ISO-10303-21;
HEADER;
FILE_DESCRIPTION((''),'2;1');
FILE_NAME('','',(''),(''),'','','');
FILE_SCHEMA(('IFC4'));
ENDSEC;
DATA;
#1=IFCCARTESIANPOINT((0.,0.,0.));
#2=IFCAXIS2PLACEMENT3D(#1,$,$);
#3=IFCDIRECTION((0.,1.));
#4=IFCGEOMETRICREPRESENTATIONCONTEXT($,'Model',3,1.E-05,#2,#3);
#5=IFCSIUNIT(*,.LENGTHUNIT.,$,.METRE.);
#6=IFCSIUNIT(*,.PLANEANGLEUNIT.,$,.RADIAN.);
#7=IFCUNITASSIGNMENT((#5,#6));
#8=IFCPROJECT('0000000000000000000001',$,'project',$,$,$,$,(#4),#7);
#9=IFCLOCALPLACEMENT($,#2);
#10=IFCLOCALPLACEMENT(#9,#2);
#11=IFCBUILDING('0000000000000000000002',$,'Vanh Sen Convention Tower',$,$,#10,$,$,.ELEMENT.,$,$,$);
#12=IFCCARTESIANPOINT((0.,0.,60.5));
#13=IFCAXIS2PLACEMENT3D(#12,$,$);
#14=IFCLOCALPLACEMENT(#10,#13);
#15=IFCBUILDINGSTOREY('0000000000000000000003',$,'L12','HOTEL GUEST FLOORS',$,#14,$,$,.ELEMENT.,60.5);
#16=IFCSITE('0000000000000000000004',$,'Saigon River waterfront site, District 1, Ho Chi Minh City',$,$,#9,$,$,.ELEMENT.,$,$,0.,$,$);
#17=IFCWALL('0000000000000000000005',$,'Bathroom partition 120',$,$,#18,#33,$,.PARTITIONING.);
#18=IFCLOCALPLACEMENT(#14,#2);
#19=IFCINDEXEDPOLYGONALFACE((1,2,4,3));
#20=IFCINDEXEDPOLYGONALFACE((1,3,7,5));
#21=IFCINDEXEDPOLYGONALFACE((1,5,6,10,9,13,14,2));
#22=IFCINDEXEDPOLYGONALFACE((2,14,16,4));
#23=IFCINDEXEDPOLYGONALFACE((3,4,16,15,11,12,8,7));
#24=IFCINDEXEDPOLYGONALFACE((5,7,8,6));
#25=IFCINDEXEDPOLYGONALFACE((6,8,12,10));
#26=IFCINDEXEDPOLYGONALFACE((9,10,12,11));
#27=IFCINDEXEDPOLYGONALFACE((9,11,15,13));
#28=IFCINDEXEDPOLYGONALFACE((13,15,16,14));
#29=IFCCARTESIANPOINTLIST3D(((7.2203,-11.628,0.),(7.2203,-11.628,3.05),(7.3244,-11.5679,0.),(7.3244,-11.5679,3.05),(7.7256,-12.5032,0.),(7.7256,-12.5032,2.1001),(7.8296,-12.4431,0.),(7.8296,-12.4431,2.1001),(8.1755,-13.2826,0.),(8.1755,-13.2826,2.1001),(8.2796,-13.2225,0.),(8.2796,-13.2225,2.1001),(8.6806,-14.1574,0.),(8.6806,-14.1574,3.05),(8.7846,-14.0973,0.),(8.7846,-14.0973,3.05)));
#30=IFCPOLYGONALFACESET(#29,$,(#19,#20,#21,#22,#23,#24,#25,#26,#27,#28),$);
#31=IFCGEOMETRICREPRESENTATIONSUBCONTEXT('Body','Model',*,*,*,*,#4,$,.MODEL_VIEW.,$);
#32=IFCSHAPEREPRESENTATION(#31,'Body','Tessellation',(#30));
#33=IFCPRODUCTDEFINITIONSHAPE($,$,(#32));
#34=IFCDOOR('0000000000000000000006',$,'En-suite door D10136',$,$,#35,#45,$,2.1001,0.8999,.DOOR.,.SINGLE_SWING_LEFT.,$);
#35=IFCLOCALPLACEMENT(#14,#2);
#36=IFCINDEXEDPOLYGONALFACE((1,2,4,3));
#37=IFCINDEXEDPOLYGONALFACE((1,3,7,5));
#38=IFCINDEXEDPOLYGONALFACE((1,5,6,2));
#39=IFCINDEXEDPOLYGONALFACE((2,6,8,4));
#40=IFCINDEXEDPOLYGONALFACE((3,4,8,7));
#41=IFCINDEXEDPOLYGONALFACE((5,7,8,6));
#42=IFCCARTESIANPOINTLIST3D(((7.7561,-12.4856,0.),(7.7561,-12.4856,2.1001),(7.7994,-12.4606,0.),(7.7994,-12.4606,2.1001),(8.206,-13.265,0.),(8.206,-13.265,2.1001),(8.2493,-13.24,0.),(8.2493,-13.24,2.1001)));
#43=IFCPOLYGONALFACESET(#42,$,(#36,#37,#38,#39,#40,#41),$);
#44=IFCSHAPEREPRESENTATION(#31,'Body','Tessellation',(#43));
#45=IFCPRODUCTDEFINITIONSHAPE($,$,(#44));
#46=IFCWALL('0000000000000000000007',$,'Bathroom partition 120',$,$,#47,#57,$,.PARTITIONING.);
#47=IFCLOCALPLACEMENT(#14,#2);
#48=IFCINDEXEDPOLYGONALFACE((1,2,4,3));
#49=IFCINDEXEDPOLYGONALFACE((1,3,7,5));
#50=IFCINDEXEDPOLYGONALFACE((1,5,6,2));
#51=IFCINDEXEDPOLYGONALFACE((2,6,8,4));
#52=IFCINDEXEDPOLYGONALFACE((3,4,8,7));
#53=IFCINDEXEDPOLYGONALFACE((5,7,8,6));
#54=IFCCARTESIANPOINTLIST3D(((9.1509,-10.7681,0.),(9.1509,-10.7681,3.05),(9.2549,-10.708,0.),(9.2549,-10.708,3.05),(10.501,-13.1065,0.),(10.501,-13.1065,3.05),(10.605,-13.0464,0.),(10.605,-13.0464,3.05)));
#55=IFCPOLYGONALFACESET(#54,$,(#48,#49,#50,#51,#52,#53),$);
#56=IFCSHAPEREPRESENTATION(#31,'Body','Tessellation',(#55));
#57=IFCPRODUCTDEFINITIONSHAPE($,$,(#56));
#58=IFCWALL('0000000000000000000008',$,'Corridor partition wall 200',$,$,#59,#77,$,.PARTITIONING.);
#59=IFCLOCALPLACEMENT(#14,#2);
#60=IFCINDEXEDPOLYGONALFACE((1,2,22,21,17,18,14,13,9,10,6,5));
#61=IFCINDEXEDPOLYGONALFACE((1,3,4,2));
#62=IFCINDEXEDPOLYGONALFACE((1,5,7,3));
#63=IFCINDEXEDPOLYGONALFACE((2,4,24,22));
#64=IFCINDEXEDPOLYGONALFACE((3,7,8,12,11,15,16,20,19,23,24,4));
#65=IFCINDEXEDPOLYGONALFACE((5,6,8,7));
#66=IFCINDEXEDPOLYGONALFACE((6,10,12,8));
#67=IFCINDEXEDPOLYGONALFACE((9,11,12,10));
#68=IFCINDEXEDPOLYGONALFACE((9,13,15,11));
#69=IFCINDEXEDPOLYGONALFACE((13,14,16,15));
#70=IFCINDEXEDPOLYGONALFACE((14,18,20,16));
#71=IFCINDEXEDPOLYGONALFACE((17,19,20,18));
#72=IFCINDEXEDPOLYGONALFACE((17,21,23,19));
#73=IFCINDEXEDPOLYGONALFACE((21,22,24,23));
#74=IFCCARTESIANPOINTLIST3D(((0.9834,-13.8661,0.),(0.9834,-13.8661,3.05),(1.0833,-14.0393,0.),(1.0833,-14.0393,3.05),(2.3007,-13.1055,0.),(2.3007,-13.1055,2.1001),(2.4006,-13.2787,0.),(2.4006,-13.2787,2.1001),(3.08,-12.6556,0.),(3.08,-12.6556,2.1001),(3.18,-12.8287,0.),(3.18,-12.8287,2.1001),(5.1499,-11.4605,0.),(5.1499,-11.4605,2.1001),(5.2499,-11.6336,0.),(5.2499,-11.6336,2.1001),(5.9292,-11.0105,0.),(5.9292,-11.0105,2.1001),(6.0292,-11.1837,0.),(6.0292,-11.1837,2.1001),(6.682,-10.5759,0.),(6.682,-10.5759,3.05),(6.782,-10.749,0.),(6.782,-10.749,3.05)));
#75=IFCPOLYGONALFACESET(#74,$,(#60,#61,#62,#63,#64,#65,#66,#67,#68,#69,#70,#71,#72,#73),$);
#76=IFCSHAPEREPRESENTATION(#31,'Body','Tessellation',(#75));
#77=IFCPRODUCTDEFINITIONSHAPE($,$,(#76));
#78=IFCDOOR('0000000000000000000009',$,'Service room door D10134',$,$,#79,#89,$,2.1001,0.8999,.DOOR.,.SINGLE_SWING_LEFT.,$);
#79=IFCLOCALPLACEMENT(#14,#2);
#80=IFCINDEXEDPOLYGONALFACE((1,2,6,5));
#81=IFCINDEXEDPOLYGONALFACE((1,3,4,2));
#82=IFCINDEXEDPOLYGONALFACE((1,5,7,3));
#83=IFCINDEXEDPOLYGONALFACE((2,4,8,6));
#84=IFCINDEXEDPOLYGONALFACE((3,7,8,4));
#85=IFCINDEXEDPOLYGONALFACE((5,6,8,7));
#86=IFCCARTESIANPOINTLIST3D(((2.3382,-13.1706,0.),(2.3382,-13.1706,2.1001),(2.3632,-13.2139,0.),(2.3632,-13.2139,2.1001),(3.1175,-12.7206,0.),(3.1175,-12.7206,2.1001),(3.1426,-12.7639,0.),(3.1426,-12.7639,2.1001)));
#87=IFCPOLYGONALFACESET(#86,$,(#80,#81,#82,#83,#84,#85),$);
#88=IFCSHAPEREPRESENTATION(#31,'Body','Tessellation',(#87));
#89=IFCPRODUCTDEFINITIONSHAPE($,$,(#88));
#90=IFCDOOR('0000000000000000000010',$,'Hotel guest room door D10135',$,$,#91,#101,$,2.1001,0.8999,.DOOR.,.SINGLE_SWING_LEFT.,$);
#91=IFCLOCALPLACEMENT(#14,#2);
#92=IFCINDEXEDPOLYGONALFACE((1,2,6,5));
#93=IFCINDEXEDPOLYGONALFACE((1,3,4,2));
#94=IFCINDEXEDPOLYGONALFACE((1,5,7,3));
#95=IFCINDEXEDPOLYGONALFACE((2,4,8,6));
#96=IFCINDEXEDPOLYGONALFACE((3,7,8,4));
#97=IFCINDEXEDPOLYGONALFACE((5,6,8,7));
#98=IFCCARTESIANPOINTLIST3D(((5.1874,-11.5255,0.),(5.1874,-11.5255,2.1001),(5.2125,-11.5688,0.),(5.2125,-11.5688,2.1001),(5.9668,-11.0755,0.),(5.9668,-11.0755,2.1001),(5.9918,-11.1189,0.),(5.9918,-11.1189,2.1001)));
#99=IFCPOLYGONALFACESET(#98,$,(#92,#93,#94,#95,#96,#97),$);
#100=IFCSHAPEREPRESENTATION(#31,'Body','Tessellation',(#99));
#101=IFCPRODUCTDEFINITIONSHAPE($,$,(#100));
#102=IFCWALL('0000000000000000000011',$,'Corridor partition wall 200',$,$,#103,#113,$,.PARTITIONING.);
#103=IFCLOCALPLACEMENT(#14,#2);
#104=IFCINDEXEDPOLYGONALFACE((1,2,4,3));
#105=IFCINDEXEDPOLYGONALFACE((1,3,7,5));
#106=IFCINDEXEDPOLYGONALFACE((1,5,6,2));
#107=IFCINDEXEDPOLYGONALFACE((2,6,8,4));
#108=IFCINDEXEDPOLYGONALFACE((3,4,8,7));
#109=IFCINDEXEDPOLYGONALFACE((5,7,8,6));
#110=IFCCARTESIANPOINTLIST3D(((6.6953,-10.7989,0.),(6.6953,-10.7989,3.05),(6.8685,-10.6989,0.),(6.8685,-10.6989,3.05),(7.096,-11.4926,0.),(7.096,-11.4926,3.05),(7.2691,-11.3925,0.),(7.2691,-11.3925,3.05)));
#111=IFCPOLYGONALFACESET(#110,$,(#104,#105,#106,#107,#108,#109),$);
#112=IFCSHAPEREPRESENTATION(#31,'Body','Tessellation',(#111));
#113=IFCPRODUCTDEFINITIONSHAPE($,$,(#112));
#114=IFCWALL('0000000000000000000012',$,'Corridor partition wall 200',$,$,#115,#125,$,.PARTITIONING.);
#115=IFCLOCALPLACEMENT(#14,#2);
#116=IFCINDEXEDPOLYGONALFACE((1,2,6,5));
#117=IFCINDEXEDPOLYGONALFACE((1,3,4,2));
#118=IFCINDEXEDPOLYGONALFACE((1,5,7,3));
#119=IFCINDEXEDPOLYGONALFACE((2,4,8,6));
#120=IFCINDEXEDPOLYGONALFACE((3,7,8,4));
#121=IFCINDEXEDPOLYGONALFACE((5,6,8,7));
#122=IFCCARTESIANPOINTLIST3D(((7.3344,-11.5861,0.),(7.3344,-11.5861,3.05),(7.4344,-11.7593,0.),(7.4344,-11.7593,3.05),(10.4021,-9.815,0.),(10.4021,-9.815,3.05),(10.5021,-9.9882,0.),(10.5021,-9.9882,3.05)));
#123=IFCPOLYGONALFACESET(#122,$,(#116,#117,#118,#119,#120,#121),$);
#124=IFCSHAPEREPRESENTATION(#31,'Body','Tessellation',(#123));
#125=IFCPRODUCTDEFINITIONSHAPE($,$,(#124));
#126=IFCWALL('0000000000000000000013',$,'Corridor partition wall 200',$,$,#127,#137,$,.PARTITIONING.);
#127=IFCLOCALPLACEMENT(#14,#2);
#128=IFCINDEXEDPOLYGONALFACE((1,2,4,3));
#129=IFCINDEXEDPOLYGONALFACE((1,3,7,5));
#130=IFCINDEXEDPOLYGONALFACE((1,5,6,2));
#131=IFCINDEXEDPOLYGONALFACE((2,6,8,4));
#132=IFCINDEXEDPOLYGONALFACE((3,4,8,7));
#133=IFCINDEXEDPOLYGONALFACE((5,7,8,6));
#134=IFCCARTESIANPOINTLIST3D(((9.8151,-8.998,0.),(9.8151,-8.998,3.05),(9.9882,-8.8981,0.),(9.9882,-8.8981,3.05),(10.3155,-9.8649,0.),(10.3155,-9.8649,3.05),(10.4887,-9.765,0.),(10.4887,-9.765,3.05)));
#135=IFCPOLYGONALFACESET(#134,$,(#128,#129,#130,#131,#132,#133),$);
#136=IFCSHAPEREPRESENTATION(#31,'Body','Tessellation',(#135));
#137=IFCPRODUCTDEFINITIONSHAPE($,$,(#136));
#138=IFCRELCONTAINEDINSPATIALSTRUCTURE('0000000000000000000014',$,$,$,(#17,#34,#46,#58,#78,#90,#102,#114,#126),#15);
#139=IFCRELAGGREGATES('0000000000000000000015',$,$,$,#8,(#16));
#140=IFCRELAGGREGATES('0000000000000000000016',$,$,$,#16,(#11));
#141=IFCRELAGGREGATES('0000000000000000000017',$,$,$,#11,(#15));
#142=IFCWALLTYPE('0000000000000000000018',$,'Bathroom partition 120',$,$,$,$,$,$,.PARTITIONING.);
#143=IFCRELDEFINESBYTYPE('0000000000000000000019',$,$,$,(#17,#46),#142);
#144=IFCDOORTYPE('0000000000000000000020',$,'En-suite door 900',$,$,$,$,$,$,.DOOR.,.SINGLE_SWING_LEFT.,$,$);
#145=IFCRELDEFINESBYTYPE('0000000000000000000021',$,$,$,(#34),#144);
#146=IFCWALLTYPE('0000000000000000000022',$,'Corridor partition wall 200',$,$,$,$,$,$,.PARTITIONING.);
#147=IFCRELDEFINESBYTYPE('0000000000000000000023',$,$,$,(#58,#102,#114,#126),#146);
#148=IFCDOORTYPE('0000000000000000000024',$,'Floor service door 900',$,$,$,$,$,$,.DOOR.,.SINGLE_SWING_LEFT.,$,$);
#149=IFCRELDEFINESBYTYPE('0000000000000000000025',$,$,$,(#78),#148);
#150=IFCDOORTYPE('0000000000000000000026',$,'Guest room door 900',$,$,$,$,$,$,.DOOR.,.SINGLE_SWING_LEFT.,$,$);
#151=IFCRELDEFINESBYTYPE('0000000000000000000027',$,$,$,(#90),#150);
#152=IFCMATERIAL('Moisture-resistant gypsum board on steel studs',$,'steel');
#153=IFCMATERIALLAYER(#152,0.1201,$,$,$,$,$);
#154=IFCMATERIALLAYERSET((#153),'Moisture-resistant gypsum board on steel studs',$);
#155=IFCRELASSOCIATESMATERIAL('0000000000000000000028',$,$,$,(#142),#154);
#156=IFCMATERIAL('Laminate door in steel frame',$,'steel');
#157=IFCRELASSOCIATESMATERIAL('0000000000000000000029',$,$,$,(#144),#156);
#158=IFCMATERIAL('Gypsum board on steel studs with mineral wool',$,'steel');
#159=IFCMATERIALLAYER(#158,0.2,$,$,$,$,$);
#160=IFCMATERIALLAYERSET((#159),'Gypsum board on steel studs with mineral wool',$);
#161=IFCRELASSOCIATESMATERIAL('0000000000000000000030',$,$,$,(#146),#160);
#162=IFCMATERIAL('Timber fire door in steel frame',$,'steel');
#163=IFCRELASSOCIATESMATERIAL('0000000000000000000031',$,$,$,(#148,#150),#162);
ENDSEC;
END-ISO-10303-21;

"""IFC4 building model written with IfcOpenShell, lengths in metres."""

from ifc_helpers import new_model, si_unit, direction, frame, frame_2d, origin, place, context, subcontext, project, spatial, rectangle, extrude, material, layer, layer_set, type_object, element, fill, save


model = new_model("IFC4")

# Units and contexts
model_context = context("Model", 3, precision=1e-05, world=origin(), true_north=direction((0.0, 1.0)))
body_context = subcontext(model_context, "Body", "Model", "MODEL_VIEW")
ifc_project = project(units=[si_unit("LENGTHUNIT", "METRE"), si_unit("PLANEANGLEUNIT", "RADIAN")], contexts=[model_context])

# Site, building, storey
site_placement = place(None, origin())
site = spatial("IfcSite", under=ifc_project, at=site_placement, Name="Saigon River waterfront site, District 1, Ho Chi Minh City", CompositionType="ELEMENT", RefElevation=0.0)
building_placement = place(site_placement, origin())
building = spatial("IfcBuilding", under=site, at=building_placement, Name="Vanh Sen Convention Tower", CompositionType="ELEMENT")
storey_placement = place(building_placement, frame((0.0, 0.0, 60.5)))
storey = spatial("IfcBuildingStorey", under=building, at=storey_placement, Name="L12", Description="HOTEL GUEST FLOORS", CompositionType="ELEMENT", Elevation=60.5)

# Wall, opening, door
ifc_material_1 = material(Name="Moisture-resistant gypsum board on steel studs", Category="steel")
ifc_layer_1 = layer(ifc_material_1, 0.1201)
ifc_layer_set_1 = layer_set([ifc_layer_1], Name="Moisture-resistant gypsum board on steel studs")
wall_type_1 = type_object("IfcWallType", Name="Bathroom partition 120", PredefinedType="PARTITIONING", material=ifc_layer_set_1)
wall_1_placement = place(storey_placement, frame((8.7327, -14.1274, 0.0), z_axis=(0.0, 0.0, 1.0), x_axis=(-0.499978, 0.866038, 0.0)))
wall_1 = element("IfcWall", 1, at=wall_1_placement, inside=storey, type_object=wall_type_1, Name="Bathroom partition 120", PredefinedType="PARTITIONING", context=body_context, shape_type="SweptSolid", body=[
    extrude(rectangle(XDim=2.9207, YDim=0.1201, at=frame_2d((1.4604, 0.0))), origin(), (0.0, 0.0, 1.0), 3.05),
])
opening_1_placement = place(wall_1_placement, frame((1.0103, 0.0, 0.0)))
opening_1 = element("IfcOpeningElement", 2, at=opening_1_placement, cuts=wall_1, PredefinedType="OPENING", context=body_context, shape_type="SweptSolid", body=[
    extrude(rectangle(XDim=0.8999, YDim=2.1001, at=frame_2d((0.45, 1.05))), frame((0.0, 0.0701, 0.0), z_axis=(0.0, -1.0, 0.0), x_axis=(1.0, 0.0, 0.0)), (0.0, 0.0, 1.0), 0.1401),
])
ifc_material_2 = material(Name="Laminate door in steel frame", Category="steel")
door_type_1 = type_object("IfcDoorType", Name="En-suite door 900", OperationType="SINGLE_SWING_LEFT", PredefinedType="DOOR", material=ifc_material_2)
door_1_placement = place(opening_1_placement, origin())
door_1 = element("IfcDoor", 3, at=door_1_placement, inside=storey, type_object=door_type_1, Name="En-suite door D10136", OperationType="SINGLE_SWING_LEFT", OverallHeight=2.1001, OverallWidth=0.8999, PredefinedType="DOOR", context=body_context, shape_type="SweptSolid", body=[
    extrude(rectangle(XDim=0.8999, YDim=2.1001, at=frame_2d((0.45, 1.05))), frame((0.0, 0.0249, 0.0), z_axis=(0.0, -1.0, 0.0), x_axis=(1.0, 0.0, 0.0)), (0.0, 0.0, 1.0), 0.05),
])
fill(opening_1, door_1)

# Wall
wall_2_placement = place(storey_placement, frame((9.2029, -10.738, 0.0), z_axis=(0.0, 0.0, 1.0), x_axis=(0.500009, -0.86602, 0.0)))
element("IfcWall", 4, at=wall_2_placement, inside=storey, type_object=wall_type_1, Name="Bathroom partition 120", PredefinedType="PARTITIONING", context=body_context, shape_type="SweptSolid", body=[
    extrude(rectangle(XDim=2.7002, YDim=0.1201, at=frame_2d((1.3501, 0.0))), origin(), (0.0, 0.0, 1.0), 3.05),
])

# Wall, openings, doors
ifc_material_3 = material(Name="Gypsum board on steel studs with mineral wool", Category="steel")
ifc_layer_2 = layer(ifc_material_3, 0.2)
ifc_layer_set_2 = layer_set([ifc_layer_2], Name="Gypsum board on steel studs with mineral wool")
wall_type_2 = type_object("IfcWallType", Name="Corridor partition wall 200", PredefinedType="PARTITIONING", material=ifc_layer_set_2)
wall_3_placement = place(storey_placement, frame((1.0334, -13.9526, 0.0), z_axis=(0.0, 0.0, 1.0), x_axis=(0.866018, 0.500014, 0.0)))
wall_3 = element("IfcWall", 5, at=wall_3_placement, inside=storey, type_object=wall_type_2, Name="Corridor partition wall 200", PredefinedType="PARTITIONING", context=body_context, shape_type="SweptSolid", body=[
    extrude(rectangle(XDim=6.5803, YDim=0.2, at=frame_2d((3.29, 0.0))), origin(), (0.0, 0.0, 1.0), 3.05),
])
opening_2_placement = place(wall_3_placement, frame((1.521, 0.0, 0.0)))
opening_2 = element("IfcOpeningElement", 6, at=opening_2_placement, cuts=wall_3, PredefinedType="OPENING", context=body_context, shape_type="SweptSolid", body=[
    extrude(rectangle(XDim=0.8999, YDim=2.1001, at=frame_2d((0.45, 1.05))), frame((0.0, 0.1099, 0.0), z_axis=(0.0, -1.0, 0.0), x_axis=(1.0, 0.0, 0.0)), (0.0, 0.0, 1.0), 0.22),
])
opening_3_placement = place(wall_3_placement, frame((4.811, 0.0, 0.0)))
opening_3 = element("IfcOpeningElement", 7, at=opening_3_placement, cuts=wall_3, PredefinedType="OPENING", context=body_context, shape_type="SweptSolid", body=[
    extrude(rectangle(XDim=0.8999, YDim=2.1001, at=frame_2d((0.45, 1.05))), frame((0.0, 0.1099, 0.0), z_axis=(0.0, -1.0, 0.0), x_axis=(1.0, 0.0, 0.0)), (0.0, 0.0, 1.0), 0.22),
])
ifc_material_4 = material(Name="Timber fire door in steel frame", Category="steel")
door_type_2 = type_object("IfcDoorType", Name="Floor service door 900", OperationType="SINGLE_SWING_LEFT", PredefinedType="DOOR", material=ifc_material_4)
door_2_placement = place(opening_2_placement, origin())
door_2 = element("IfcDoor", 8, at=door_2_placement, inside=storey, type_object=door_type_2, Name="Service room door D10134", OperationType="SINGLE_SWING_LEFT", OverallHeight=2.1001, OverallWidth=0.8999, PredefinedType="DOOR", context=body_context, shape_type="SweptSolid", body=[
    extrude(rectangle(XDim=0.8999, YDim=2.1001, at=frame_2d((0.45, 1.05))), frame((0.0, 0.0249, 0.0), z_axis=(0.0, -1.0, 0.0), x_axis=(1.0, 0.0, 0.0)), (0.0, 0.0, 1.0), 0.05),
])
fill(opening_2, door_2)
door_type_3 = type_object("IfcDoorType", Name="Guest room door 900", OperationType="SINGLE_SWING_LEFT", PredefinedType="DOOR", material=ifc_material_4)
door_3_placement = place(opening_3_placement, origin())
door_3 = element("IfcDoor", 9, at=door_3_placement, inside=storey, type_object=door_type_3, Name="Hotel guest room door D10135", OperationType="SINGLE_SWING_LEFT", OverallHeight=2.1001, OverallWidth=0.8999, PredefinedType="DOOR", context=body_context, shape_type="SweptSolid", body=[
    extrude(rectangle(XDim=0.8999, YDim=2.1001, at=frame_2d((0.45, 1.05))), frame((0.0, 0.0249, 0.0), z_axis=(0.0, -1.0, 0.0), x_axis=(1.0, 0.0, 0.0)), (0.0, 0.0, 1.0), 0.05),
])
fill(opening_3, door_3)

# Walls
wall_4_placement = place(storey_placement, frame((6.782, -10.749, 0.0), z_axis=(0.0, 0.0, 1.0), x_axis=(0.500171, -0.865927, 0.0)))
element("IfcWall", 10, at=wall_4_placement, inside=storey, type_object=wall_type_2, Name="Corridor partition wall 200", PredefinedType="PARTITIONING", context=body_context, shape_type="SweptSolid", body=[
    extrude(rectangle(XDim=0.801, YDim=0.2, at=frame_2d((0.4004, 0.0))), origin(), (0.0, 0.0, 1.0), 3.05),
])
wall_5_placement = place(storey_placement, frame((7.3845, -11.6726, 0.0), z_axis=(0.0, 0.0, 1.0), x_axis=(0.866038, 0.499979, 0.0)))
element("IfcWall", 11, at=wall_5_placement, inside=storey, type_object=wall_type_2, Name="Corridor partition wall 200", PredefinedType="PARTITIONING", context=body_context, shape_type="SweptSolid", body=[
    extrude(rectangle(XDim=3.5422, YDim=0.2, at=frame_2d((1.771, 0.0))), origin(), (0.0, 0.0, 1.0), 3.05),
])
wall_6_placement = place(storey_placement, frame((10.4021, -9.8149, 0.0), z_axis=(0.0, 0.0, 1.0), x_axis=(-0.499969, 0.866043, 0.0)))
element("IfcWall", 12, at=wall_6_placement, inside=storey, type_object=wall_type_2, Name="Corridor partition wall 200", PredefinedType="PARTITIONING", context=body_context, shape_type="SweptSolid", body=[
    extrude(rectangle(XDim=1.001, YDim=0.2, at=frame_2d((0.5005, 0.0))), origin(), (0.0, 0.0, 1.0), 3.05),
])

save(model, "model.ifc")
